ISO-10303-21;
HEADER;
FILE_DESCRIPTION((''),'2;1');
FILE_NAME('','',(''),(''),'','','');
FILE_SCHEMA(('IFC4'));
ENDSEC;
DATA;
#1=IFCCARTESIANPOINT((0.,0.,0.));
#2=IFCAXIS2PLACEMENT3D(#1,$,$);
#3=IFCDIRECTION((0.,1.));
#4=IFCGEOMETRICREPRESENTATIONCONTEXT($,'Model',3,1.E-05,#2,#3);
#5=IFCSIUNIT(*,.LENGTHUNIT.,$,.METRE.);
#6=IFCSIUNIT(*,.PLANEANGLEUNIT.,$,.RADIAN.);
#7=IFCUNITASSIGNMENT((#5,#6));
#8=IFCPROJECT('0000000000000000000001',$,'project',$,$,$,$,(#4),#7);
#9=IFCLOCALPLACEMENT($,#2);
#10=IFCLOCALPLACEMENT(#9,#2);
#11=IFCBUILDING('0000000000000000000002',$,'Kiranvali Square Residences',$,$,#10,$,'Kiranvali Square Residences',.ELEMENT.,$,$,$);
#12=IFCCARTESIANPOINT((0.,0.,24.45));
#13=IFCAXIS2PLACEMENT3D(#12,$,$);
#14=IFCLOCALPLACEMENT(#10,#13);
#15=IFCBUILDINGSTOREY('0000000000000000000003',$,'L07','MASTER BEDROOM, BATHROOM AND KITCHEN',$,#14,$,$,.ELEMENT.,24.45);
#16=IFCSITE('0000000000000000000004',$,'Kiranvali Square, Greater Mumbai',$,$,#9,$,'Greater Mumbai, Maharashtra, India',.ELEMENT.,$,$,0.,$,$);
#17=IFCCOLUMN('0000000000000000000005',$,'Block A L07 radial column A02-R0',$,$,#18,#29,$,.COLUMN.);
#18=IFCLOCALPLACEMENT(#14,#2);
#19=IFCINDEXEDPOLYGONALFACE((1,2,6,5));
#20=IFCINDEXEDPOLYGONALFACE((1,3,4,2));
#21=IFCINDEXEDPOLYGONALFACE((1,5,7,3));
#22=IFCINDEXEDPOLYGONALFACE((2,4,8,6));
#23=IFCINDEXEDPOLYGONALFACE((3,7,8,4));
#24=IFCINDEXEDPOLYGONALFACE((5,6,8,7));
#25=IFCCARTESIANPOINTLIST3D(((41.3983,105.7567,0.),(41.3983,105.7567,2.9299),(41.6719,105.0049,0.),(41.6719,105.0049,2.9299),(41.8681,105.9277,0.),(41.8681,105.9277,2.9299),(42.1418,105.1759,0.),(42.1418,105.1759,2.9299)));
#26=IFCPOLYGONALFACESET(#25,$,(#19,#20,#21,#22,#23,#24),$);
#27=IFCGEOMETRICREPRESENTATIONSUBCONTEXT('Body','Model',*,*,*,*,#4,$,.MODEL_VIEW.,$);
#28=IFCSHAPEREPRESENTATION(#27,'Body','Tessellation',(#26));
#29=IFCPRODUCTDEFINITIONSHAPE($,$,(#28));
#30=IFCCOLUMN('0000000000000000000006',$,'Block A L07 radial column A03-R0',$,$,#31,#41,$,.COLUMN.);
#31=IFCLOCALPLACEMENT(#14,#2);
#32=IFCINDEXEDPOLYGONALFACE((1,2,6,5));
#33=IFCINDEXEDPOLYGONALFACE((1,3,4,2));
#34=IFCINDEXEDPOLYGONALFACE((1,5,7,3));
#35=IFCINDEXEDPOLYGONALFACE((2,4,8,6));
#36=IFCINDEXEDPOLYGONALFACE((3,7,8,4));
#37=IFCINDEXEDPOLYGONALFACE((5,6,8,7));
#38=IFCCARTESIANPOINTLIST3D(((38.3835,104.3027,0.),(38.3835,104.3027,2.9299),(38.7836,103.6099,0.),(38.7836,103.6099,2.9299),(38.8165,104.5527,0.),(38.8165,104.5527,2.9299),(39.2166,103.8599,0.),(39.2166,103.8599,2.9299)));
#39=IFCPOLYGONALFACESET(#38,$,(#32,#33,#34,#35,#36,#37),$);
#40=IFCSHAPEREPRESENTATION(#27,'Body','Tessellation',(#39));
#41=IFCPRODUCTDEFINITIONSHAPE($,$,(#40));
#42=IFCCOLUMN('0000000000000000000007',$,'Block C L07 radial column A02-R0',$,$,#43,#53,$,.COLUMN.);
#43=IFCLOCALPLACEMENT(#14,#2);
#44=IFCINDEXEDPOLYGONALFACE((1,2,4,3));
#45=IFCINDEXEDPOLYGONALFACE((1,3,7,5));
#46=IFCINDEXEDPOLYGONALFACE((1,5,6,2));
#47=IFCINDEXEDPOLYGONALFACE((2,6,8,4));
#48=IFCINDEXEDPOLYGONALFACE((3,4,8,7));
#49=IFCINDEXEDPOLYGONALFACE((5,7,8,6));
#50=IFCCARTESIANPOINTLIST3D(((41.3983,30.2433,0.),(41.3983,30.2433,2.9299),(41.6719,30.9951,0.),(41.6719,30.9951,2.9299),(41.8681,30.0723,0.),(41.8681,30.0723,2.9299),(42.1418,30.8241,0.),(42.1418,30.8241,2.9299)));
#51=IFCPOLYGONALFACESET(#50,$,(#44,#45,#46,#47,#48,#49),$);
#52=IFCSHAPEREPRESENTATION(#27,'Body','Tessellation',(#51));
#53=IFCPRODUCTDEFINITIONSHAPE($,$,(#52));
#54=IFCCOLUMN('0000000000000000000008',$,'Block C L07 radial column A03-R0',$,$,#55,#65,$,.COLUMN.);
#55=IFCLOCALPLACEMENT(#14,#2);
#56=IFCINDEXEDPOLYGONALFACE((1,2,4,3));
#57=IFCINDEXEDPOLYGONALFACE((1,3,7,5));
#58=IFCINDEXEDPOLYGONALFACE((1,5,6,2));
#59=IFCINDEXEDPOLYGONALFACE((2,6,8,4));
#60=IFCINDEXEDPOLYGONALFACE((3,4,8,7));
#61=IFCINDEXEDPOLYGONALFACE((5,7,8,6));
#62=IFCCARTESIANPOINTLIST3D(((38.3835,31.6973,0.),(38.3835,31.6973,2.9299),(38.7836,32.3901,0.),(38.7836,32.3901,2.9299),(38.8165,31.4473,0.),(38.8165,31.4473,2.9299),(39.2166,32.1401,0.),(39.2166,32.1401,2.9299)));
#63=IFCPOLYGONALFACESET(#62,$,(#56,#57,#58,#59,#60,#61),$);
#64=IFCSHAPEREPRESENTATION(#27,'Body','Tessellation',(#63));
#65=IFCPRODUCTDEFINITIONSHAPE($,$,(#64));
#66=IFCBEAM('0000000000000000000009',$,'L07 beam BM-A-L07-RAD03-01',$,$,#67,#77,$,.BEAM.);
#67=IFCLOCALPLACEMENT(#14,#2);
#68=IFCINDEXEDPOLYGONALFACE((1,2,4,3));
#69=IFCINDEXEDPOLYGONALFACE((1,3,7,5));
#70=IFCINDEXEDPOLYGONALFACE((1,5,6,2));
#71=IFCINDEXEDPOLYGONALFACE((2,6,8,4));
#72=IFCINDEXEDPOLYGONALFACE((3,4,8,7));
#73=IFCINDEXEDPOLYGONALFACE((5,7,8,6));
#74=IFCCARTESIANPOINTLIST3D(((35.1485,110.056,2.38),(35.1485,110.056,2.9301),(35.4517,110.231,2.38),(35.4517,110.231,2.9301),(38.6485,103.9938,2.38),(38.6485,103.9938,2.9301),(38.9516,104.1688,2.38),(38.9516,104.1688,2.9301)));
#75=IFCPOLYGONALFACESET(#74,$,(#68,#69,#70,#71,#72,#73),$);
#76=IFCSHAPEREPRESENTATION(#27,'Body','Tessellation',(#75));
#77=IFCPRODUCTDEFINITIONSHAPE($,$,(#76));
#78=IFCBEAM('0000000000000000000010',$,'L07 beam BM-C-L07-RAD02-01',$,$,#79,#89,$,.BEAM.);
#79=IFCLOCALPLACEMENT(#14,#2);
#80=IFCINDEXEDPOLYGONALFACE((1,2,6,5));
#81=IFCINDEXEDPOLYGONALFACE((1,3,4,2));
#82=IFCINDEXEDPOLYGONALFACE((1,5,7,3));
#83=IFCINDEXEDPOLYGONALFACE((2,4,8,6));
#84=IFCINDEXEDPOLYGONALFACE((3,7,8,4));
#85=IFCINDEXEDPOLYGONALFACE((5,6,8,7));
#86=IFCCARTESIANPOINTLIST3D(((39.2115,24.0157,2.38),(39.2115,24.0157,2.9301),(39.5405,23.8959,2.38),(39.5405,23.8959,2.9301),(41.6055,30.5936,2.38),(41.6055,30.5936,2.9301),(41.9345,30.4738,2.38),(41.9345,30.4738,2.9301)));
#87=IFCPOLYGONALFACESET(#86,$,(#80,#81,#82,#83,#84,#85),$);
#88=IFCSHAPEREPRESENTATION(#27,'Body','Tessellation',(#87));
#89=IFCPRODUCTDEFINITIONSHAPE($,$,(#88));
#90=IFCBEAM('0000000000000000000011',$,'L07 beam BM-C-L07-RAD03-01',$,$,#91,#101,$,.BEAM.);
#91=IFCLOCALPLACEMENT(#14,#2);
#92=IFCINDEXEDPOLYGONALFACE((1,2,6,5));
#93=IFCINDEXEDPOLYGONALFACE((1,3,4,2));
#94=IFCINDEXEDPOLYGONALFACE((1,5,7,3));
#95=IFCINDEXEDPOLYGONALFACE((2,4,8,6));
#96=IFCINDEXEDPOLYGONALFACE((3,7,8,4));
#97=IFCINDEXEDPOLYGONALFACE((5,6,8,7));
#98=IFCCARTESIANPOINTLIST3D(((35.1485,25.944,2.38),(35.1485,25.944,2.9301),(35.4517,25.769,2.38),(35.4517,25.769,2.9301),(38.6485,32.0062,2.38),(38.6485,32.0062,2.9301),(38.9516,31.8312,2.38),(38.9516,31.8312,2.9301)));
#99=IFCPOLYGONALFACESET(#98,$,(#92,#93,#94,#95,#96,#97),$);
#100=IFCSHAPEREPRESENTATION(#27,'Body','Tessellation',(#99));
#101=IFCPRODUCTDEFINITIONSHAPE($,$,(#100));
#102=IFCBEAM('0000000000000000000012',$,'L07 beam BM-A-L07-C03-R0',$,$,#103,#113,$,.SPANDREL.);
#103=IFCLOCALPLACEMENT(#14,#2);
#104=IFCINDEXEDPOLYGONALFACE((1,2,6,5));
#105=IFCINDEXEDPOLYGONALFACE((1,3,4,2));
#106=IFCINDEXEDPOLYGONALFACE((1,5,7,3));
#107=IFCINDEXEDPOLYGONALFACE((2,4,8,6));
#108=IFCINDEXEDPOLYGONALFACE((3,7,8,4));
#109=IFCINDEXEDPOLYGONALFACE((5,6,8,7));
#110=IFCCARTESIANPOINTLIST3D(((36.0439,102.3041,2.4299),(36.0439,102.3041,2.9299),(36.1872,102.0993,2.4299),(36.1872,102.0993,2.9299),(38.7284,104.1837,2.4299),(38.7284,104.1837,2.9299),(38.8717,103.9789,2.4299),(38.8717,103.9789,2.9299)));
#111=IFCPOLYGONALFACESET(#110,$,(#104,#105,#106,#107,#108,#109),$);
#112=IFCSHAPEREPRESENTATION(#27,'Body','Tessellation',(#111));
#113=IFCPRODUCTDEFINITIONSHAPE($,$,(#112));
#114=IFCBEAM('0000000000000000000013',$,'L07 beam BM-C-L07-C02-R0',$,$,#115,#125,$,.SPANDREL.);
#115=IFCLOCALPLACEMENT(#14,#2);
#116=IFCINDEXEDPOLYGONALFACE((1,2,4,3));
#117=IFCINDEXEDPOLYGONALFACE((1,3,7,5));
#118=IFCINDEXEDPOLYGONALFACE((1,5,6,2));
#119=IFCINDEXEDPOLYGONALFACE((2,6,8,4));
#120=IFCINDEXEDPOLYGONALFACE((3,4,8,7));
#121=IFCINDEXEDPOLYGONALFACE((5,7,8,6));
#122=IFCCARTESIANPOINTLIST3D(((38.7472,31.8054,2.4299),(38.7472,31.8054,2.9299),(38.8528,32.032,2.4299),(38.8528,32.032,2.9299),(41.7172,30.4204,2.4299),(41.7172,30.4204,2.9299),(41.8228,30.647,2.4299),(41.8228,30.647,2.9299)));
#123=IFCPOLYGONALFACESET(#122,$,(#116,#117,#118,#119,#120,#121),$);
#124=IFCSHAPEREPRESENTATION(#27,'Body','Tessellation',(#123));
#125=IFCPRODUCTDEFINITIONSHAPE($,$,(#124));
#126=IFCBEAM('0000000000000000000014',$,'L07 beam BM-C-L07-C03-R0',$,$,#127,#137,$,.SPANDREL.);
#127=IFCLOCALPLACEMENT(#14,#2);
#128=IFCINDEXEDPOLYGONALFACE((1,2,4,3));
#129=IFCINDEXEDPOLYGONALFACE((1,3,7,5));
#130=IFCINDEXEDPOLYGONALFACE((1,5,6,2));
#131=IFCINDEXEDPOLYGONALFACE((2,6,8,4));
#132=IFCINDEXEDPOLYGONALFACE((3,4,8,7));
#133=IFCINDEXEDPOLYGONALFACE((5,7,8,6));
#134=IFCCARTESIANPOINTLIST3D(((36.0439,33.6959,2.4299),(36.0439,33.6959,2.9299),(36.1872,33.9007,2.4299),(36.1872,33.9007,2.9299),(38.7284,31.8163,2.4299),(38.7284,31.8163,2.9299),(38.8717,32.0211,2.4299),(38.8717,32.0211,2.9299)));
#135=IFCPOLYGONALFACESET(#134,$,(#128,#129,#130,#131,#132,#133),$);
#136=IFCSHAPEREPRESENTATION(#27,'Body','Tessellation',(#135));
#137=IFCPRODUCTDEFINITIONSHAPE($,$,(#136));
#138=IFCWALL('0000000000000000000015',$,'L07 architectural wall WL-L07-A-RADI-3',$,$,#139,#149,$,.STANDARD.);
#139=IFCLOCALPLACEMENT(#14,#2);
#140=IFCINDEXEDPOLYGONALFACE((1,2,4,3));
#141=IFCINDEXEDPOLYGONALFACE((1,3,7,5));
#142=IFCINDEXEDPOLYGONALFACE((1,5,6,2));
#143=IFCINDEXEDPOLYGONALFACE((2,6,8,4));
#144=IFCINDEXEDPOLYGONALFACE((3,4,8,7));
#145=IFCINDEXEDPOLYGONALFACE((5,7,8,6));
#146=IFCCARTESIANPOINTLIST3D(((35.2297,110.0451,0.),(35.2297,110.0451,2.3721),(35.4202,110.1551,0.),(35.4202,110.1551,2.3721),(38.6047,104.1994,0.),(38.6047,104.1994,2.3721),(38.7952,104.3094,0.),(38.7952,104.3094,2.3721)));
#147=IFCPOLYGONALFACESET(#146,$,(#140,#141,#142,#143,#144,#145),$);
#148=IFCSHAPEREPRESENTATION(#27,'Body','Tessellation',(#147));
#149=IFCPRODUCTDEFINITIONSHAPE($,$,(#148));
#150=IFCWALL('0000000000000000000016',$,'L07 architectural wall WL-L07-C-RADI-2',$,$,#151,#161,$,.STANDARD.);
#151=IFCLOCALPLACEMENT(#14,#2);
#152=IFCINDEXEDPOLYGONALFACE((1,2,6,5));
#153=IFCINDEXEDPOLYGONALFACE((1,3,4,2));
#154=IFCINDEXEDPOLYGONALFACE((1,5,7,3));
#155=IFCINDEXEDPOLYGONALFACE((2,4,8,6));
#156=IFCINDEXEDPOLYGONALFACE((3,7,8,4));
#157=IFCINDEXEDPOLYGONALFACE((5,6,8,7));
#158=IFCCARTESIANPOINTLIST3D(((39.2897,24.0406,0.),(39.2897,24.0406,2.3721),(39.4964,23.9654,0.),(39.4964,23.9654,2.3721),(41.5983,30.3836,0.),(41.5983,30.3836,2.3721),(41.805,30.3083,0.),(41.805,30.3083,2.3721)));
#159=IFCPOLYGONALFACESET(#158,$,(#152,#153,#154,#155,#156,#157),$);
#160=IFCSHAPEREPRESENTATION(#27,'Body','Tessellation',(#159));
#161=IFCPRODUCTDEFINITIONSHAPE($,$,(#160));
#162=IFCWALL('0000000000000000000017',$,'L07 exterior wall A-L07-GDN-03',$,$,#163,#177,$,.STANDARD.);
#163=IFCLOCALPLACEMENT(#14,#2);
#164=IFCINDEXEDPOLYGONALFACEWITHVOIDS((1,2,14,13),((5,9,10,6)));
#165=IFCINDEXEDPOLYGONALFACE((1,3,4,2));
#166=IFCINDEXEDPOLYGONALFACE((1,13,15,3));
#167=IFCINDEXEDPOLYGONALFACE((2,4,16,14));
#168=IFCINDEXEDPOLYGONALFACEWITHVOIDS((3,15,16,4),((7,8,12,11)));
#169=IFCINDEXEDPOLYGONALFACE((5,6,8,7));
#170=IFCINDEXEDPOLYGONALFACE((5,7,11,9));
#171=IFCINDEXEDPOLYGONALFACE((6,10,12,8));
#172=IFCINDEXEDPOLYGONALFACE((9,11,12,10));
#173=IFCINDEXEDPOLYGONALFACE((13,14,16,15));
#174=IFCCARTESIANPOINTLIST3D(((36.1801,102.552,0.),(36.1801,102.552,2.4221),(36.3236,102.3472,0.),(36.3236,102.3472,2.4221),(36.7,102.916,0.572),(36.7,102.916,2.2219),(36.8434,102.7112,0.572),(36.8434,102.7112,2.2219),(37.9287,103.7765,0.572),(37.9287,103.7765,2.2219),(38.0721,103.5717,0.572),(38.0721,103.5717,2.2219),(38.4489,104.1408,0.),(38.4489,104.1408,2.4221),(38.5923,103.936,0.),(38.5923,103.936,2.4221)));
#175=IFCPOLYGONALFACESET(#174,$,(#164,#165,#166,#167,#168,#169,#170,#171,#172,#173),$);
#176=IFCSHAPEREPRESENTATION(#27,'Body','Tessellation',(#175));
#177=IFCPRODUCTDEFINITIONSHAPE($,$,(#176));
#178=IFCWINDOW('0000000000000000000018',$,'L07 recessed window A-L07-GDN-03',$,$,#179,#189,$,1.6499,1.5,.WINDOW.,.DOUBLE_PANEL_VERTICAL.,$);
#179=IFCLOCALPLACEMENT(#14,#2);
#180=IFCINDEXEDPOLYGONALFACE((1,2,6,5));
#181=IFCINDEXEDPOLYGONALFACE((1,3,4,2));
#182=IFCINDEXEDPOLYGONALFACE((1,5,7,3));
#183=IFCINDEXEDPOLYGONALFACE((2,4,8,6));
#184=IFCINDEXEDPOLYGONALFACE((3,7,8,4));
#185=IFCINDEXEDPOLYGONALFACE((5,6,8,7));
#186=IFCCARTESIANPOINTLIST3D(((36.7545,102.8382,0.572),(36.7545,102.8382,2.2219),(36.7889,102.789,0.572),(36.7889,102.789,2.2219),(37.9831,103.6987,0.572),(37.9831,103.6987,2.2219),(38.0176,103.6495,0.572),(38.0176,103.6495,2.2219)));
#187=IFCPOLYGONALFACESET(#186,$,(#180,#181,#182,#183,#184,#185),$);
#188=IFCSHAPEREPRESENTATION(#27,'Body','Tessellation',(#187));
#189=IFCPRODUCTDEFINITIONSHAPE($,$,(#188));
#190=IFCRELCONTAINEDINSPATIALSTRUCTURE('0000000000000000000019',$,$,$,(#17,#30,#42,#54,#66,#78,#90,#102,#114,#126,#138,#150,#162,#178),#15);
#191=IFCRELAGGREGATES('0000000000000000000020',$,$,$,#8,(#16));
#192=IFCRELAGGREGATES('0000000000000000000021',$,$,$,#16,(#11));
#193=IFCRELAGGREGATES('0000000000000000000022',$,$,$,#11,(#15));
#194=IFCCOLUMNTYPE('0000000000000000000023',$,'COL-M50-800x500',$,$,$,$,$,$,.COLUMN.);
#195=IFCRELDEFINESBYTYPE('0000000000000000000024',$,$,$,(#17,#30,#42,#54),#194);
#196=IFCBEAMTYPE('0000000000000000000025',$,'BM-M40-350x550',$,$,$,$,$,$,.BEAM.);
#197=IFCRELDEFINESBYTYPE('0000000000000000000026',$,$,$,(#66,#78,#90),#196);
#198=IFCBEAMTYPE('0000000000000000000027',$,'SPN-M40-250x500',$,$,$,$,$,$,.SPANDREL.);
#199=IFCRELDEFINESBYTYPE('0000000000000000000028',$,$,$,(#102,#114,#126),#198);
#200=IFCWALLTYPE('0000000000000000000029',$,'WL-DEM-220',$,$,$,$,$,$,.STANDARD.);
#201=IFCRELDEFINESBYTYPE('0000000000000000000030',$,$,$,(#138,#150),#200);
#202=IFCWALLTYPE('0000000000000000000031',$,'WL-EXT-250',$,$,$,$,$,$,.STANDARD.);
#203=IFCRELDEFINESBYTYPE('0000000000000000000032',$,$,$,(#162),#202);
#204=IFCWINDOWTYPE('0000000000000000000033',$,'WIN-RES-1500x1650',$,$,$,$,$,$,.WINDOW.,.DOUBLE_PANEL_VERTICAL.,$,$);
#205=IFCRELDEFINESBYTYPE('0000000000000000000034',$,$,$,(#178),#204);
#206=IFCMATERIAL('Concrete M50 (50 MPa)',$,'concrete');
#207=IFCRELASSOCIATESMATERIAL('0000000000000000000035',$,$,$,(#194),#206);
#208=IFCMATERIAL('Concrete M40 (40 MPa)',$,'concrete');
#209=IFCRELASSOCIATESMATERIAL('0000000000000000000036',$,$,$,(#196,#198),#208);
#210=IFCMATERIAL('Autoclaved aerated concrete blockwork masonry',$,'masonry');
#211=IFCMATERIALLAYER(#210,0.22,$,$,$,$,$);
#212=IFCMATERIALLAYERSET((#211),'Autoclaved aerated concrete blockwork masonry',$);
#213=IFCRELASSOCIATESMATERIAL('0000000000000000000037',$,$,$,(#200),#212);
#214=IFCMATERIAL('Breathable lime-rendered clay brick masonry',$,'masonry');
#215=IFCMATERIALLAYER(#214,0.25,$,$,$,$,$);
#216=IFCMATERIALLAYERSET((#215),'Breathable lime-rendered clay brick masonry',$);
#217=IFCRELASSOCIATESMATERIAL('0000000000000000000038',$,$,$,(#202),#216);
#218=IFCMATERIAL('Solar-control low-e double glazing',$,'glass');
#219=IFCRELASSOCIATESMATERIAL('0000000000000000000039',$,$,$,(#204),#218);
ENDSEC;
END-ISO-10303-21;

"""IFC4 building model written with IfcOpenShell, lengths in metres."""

from ifc_helpers import new_model, si_unit, direction, frame, frame_2d, origin, origin_2d, place, context, subcontext, project, spatial, rectangle, extrude, material, layer, layer_set, material_profile, profile_set, type_object, element, fill, save


model = new_model("IFC4")

# Units and contexts
model_context = context("Model", 3, precision=1e-05, world=origin(), true_north=direction((0.0, 1.0)))
body_context = subcontext(model_context, "Body", "Model", "MODEL_VIEW")
ifc_project = project(units=[si_unit("LENGTHUNIT", "METRE"), si_unit("PLANEANGLEUNIT", "RADIAN")], contexts=[model_context])

# Site, building, storey
site_placement = place(None, origin())
site = spatial("IfcSite", under=ifc_project, at=site_placement, Name="Kiranvali Square, Greater Mumbai", LongName="Greater Mumbai, Maharashtra, India", CompositionType="ELEMENT", RefElevation=0.0)
building_placement = place(site_placement, origin())
building = spatial("IfcBuilding", under=site, at=building_placement, Name="Kiranvali Square Residences", LongName="Kiranvali Square Residences", CompositionType="ELEMENT")
storey_placement = place(building_placement, frame((0.0, 0.0, 24.45)))
storey = spatial("IfcBuildingStorey", under=building, at=storey_placement, Name="L07", Description="MASTER BEDROOM, BATHROOM AND KITCHEN", CompositionType="ELEMENT", Elevation=24.45)

# Columns
ifc_material_1 = material(Name="Concrete M50 (50 MPa)", Category="concrete")
ifc_material_profile_1 = material_profile(ifc_material_1, rectangle(XDim=0.5, YDim=0.8, at=origin_2d()), Name="RC 800x500")
ifc_profile_set_1 = profile_set([ifc_material_profile_1], Name="Concrete M50 (50 MPa)")
column_type = type_object("IfcColumnType", Name="COL-M50-800x500", PredefinedType="COLUMN", material=ifc_profile_set_1)
for number, where, z_axis, x_axis, name in (
    (1, (41.77, 105.4663, 0.0), (0.0, 0.0, 1.0), (0.939693, 0.34202, 0.0), "Block A L07 radial column A02-R0"),
    (2, (38.8, 104.0813, 0.0), (0.0, 0.0, 1.0), (0.866025, 0.5, 0.0), "Block A L07 radial column A03-R0"),
    (3, (41.77, 30.5337, 0.0), (0.0, 0.0, 1.0), (-0.939693, 0.34202, 0.0), "Block C L07 radial column A02-R0"),
    (4, (38.8, 31.9187, 0.0), (0.0, 0.0, 1.0), (-0.866025, 0.5, 0.0), "Block C L07 radial column A03-R0"),
):
    element("IfcColumn", number, at=place(storey_placement, frame(where, z_axis=z_axis, x_axis=x_axis)), inside=storey, type_object=column_type, Name=name, PredefinedType="COLUMN", context=body_context, shape_type="SweptSolid", body=[
        extrude(rectangle(XDim=0.5, YDim=0.8, at=origin_2d()), origin(), (0.0, 0.0, 1.0), 2.9299),
    ])

# Beams
ifc_material_2 = material(Name="Concrete M40 (40 MPa)", Category="concrete")
ifc_material_profile_2 = material_profile(ifc_material_2, rectangle(XDim=0.3501, YDim=0.55, at=origin_2d()), Name="RC 350x550")
ifc_profile_set_2 = profile_set([ifc_material_profile_2], Name="Concrete M40 (40 MPa)")
beam_type_1 = type_object("IfcBeamType", Name="BM-M40-350x550", PredefinedType="BEAM", material=ifc_profile_set_2)
for number, where, z_axis, x_axis, name in (
    (5, (38.8, 104.0813, 2.655), (-0.499995, 0.866028, 0.0), (-0.866028, -0.499995, 0.0), "L07 beam BM-A-L07-RAD03-01"),
    (6, (41.77, 30.5337, 2.655), (-0.342006, -0.939698, 0.0), (0.939698, -0.342006, 0.0), "L07 beam BM-C-L07-RAD02-01"),
    (7, (38.8, 31.9187, 2.655), (-0.499995, -0.866028, 0.0), (0.866028, -0.499995, 0.0), "L07 beam BM-C-L07-RAD03-01"),
):
    element("IfcBeam", number, at=place(storey_placement, frame(where, z_axis=z_axis, x_axis=x_axis)), inside=storey, type_object=beam_type_1, Name=name, PredefinedType="BEAM", context=body_context, shape_type="SweptSolid", body=[
        extrude(rectangle(XDim=0.3501, YDim=0.55, at=origin_2d()), origin(), (0.0, 0.0, 1.0), 7.0),
    ])
ifc_material_profile_3 = material_profile(ifc_material_2, rectangle(XDim=0.25, YDim=0.5, at=origin_2d()), Name="RC 250x500")
ifc_profile_set_3 = profile_set([ifc_material_profile_3], Name="Concrete M40 (40 MPa)")
beam_type_2 = type_object("IfcBeamType", Name="SPN-M40-250x500", PredefinedType="SPANDREL", material=ifc_profile_set_3)
for number, where, z_axis, x_axis, name in (
    (8, (38.8, 104.0813, 2.6799), (-0.819169, -0.573552, 0.0), (0.573552, -0.819169, 0.0), "L07 beam BM-A-L07-C03-R0"),
    (9, (41.77, 30.5337, 2.6799), (-0.906297, 0.422641, 0.0), (-0.422641, -0.906297, 0.0), "L07 beam BM-C-L07-C02-R0"),
    (10, (38.8, 31.9187, 2.6799), (-0.819169, 0.573552, 0.0), (-0.573552, -0.819169, 0.0), "L07 beam BM-C-L07-C03-R0"),
):
    element("IfcBeam", number, at=place(storey_placement, frame(where, z_axis=z_axis, x_axis=x_axis)), inside=storey, type_object=beam_type_2, Name=name, PredefinedType="SPANDREL", context=body_context, shape_type="SweptSolid", body=[
        extrude(rectangle(XDim=0.25, YDim=0.5, at=origin_2d()), origin(), (0.0, 0.0, 1.0), 3.2771),
    ])

# Walls
ifc_material_3 = material(Name="Autoclaved aerated concrete blockwork masonry", Category="masonry")
ifc_layer_1 = layer(ifc_material_3, 0.22)
ifc_layer_set_1 = layer_set([ifc_layer_1], Name="Autoclaved aerated concrete blockwork masonry")
wall_type_1 = type_object("IfcWallType", Name="WL-DEM-220", PredefinedType="STANDARD", material=ifc_layer_set_1)
for number, where, z_axis, x_axis, name in (
    (11, (38.7, 104.2544, 0.0), (0.0, 0.0, 1.0), (-0.499998, 0.866027, 0.0), "L07 architectural wall WL-L07-A-RADI-3"),
    (12, (41.7017, 30.3459, 0.0), (0.0, 0.0, 1.0), (-0.34201, -0.939696, 0.0), "L07 architectural wall WL-L07-C-RADI-2"),
):
    element("IfcWall", number, at=place(storey_placement, frame(where, z_axis=z_axis, x_axis=x_axis)), inside=storey, type_object=wall_type_1, Name=name, PredefinedType="STANDARD", context=body_context, shape_type="SweptSolid", body=[
        extrude(rectangle(XDim=6.75, YDim=0.22, at=frame_2d((3.375, 0.0))), origin(), (0.0, 0.0, 1.0), 2.3721),
    ])

# Wall, opening, window
ifc_material_4 = material(Name="Breathable lime-rendered clay brick masonry", Category="masonry")
ifc_layer_2 = layer(ifc_material_4, 0.25)
ifc_layer_set_2 = layer_set([ifc_layer_2], Name="Breathable lime-rendered clay brick masonry")
wall_type_2 = type_object("IfcWallType", Name="WL-EXT-250", PredefinedType="STANDARD", material=ifc_layer_set_2)
wall_1_placement = place(storey_placement, frame((38.5205, 104.0383, 0.0), z_axis=(0.0, 0.0, 1.0), x_axis=(-0.819112, -0.573634, 0.0)))
wall_1 = element("IfcWall", 13, at=wall_1_placement, inside=storey, type_object=wall_type_2, Name="L07 exterior wall A-L07-GDN-03", PredefinedType="STANDARD", context=body_context, shape_type="SweptSolid", body=[
    extrude(rectangle(XDim=2.7698, YDim=0.25, at=frame_2d((1.3848, 0.0))), origin(), (0.0, 0.0, 1.0), 2.4221),
])
opening_1_placement = place(wall_1_placement, frame((0.635, 0.0, 0.572)))
opening_1 = element("IfcOpeningElement", 14, at=opening_1_placement, cuts=wall_1, PredefinedType="OPENING", context=body_context, shape_type="SweptSolid", body=[
    extrude(rectangle(XDim=1.5, YDim=1.6499, at=frame_2d((0.75, 0.825))), frame((0.0, 0.135, 0.0), z_axis=(0.0, -1.0, 0.0), x_axis=(1.0, 0.0, 0.0)), (0.0, 0.0, 1.0), 0.27),
])
ifc_material_5 = material(Name="Solar-control low-e double glazing", Category="glass")
window_type = type_object("IfcWindowType", Name="WIN-RES-1500x1650", PartitioningType="DOUBLE_PANEL_VERTICAL", PredefinedType="WINDOW", material=ifc_material_5)
window_1_placement = place(opening_1_placement, origin())
window_1 = element("IfcWindow", 15, at=window_1_placement, inside=storey, type_object=window_type, Name="L07 recessed window A-L07-GDN-03", OverallHeight=1.6499, OverallWidth=1.5, PartitioningType="DOUBLE_PANEL_VERTICAL", PredefinedType="WINDOW", context=body_context, shape_type="SweptSolid", body=[
    extrude(rectangle(XDim=1.5, YDim=1.6499, at=frame_2d((0.75, 0.825))), frame((0.0, 0.03, 0.0), z_axis=(0.0, -1.0, 0.0), x_axis=(1.0, 0.0, 0.0)), (0.0, 0.0, 1.0), 0.0601),
])
fill(opening_1, window_1)

save(model, "model.ifc")
